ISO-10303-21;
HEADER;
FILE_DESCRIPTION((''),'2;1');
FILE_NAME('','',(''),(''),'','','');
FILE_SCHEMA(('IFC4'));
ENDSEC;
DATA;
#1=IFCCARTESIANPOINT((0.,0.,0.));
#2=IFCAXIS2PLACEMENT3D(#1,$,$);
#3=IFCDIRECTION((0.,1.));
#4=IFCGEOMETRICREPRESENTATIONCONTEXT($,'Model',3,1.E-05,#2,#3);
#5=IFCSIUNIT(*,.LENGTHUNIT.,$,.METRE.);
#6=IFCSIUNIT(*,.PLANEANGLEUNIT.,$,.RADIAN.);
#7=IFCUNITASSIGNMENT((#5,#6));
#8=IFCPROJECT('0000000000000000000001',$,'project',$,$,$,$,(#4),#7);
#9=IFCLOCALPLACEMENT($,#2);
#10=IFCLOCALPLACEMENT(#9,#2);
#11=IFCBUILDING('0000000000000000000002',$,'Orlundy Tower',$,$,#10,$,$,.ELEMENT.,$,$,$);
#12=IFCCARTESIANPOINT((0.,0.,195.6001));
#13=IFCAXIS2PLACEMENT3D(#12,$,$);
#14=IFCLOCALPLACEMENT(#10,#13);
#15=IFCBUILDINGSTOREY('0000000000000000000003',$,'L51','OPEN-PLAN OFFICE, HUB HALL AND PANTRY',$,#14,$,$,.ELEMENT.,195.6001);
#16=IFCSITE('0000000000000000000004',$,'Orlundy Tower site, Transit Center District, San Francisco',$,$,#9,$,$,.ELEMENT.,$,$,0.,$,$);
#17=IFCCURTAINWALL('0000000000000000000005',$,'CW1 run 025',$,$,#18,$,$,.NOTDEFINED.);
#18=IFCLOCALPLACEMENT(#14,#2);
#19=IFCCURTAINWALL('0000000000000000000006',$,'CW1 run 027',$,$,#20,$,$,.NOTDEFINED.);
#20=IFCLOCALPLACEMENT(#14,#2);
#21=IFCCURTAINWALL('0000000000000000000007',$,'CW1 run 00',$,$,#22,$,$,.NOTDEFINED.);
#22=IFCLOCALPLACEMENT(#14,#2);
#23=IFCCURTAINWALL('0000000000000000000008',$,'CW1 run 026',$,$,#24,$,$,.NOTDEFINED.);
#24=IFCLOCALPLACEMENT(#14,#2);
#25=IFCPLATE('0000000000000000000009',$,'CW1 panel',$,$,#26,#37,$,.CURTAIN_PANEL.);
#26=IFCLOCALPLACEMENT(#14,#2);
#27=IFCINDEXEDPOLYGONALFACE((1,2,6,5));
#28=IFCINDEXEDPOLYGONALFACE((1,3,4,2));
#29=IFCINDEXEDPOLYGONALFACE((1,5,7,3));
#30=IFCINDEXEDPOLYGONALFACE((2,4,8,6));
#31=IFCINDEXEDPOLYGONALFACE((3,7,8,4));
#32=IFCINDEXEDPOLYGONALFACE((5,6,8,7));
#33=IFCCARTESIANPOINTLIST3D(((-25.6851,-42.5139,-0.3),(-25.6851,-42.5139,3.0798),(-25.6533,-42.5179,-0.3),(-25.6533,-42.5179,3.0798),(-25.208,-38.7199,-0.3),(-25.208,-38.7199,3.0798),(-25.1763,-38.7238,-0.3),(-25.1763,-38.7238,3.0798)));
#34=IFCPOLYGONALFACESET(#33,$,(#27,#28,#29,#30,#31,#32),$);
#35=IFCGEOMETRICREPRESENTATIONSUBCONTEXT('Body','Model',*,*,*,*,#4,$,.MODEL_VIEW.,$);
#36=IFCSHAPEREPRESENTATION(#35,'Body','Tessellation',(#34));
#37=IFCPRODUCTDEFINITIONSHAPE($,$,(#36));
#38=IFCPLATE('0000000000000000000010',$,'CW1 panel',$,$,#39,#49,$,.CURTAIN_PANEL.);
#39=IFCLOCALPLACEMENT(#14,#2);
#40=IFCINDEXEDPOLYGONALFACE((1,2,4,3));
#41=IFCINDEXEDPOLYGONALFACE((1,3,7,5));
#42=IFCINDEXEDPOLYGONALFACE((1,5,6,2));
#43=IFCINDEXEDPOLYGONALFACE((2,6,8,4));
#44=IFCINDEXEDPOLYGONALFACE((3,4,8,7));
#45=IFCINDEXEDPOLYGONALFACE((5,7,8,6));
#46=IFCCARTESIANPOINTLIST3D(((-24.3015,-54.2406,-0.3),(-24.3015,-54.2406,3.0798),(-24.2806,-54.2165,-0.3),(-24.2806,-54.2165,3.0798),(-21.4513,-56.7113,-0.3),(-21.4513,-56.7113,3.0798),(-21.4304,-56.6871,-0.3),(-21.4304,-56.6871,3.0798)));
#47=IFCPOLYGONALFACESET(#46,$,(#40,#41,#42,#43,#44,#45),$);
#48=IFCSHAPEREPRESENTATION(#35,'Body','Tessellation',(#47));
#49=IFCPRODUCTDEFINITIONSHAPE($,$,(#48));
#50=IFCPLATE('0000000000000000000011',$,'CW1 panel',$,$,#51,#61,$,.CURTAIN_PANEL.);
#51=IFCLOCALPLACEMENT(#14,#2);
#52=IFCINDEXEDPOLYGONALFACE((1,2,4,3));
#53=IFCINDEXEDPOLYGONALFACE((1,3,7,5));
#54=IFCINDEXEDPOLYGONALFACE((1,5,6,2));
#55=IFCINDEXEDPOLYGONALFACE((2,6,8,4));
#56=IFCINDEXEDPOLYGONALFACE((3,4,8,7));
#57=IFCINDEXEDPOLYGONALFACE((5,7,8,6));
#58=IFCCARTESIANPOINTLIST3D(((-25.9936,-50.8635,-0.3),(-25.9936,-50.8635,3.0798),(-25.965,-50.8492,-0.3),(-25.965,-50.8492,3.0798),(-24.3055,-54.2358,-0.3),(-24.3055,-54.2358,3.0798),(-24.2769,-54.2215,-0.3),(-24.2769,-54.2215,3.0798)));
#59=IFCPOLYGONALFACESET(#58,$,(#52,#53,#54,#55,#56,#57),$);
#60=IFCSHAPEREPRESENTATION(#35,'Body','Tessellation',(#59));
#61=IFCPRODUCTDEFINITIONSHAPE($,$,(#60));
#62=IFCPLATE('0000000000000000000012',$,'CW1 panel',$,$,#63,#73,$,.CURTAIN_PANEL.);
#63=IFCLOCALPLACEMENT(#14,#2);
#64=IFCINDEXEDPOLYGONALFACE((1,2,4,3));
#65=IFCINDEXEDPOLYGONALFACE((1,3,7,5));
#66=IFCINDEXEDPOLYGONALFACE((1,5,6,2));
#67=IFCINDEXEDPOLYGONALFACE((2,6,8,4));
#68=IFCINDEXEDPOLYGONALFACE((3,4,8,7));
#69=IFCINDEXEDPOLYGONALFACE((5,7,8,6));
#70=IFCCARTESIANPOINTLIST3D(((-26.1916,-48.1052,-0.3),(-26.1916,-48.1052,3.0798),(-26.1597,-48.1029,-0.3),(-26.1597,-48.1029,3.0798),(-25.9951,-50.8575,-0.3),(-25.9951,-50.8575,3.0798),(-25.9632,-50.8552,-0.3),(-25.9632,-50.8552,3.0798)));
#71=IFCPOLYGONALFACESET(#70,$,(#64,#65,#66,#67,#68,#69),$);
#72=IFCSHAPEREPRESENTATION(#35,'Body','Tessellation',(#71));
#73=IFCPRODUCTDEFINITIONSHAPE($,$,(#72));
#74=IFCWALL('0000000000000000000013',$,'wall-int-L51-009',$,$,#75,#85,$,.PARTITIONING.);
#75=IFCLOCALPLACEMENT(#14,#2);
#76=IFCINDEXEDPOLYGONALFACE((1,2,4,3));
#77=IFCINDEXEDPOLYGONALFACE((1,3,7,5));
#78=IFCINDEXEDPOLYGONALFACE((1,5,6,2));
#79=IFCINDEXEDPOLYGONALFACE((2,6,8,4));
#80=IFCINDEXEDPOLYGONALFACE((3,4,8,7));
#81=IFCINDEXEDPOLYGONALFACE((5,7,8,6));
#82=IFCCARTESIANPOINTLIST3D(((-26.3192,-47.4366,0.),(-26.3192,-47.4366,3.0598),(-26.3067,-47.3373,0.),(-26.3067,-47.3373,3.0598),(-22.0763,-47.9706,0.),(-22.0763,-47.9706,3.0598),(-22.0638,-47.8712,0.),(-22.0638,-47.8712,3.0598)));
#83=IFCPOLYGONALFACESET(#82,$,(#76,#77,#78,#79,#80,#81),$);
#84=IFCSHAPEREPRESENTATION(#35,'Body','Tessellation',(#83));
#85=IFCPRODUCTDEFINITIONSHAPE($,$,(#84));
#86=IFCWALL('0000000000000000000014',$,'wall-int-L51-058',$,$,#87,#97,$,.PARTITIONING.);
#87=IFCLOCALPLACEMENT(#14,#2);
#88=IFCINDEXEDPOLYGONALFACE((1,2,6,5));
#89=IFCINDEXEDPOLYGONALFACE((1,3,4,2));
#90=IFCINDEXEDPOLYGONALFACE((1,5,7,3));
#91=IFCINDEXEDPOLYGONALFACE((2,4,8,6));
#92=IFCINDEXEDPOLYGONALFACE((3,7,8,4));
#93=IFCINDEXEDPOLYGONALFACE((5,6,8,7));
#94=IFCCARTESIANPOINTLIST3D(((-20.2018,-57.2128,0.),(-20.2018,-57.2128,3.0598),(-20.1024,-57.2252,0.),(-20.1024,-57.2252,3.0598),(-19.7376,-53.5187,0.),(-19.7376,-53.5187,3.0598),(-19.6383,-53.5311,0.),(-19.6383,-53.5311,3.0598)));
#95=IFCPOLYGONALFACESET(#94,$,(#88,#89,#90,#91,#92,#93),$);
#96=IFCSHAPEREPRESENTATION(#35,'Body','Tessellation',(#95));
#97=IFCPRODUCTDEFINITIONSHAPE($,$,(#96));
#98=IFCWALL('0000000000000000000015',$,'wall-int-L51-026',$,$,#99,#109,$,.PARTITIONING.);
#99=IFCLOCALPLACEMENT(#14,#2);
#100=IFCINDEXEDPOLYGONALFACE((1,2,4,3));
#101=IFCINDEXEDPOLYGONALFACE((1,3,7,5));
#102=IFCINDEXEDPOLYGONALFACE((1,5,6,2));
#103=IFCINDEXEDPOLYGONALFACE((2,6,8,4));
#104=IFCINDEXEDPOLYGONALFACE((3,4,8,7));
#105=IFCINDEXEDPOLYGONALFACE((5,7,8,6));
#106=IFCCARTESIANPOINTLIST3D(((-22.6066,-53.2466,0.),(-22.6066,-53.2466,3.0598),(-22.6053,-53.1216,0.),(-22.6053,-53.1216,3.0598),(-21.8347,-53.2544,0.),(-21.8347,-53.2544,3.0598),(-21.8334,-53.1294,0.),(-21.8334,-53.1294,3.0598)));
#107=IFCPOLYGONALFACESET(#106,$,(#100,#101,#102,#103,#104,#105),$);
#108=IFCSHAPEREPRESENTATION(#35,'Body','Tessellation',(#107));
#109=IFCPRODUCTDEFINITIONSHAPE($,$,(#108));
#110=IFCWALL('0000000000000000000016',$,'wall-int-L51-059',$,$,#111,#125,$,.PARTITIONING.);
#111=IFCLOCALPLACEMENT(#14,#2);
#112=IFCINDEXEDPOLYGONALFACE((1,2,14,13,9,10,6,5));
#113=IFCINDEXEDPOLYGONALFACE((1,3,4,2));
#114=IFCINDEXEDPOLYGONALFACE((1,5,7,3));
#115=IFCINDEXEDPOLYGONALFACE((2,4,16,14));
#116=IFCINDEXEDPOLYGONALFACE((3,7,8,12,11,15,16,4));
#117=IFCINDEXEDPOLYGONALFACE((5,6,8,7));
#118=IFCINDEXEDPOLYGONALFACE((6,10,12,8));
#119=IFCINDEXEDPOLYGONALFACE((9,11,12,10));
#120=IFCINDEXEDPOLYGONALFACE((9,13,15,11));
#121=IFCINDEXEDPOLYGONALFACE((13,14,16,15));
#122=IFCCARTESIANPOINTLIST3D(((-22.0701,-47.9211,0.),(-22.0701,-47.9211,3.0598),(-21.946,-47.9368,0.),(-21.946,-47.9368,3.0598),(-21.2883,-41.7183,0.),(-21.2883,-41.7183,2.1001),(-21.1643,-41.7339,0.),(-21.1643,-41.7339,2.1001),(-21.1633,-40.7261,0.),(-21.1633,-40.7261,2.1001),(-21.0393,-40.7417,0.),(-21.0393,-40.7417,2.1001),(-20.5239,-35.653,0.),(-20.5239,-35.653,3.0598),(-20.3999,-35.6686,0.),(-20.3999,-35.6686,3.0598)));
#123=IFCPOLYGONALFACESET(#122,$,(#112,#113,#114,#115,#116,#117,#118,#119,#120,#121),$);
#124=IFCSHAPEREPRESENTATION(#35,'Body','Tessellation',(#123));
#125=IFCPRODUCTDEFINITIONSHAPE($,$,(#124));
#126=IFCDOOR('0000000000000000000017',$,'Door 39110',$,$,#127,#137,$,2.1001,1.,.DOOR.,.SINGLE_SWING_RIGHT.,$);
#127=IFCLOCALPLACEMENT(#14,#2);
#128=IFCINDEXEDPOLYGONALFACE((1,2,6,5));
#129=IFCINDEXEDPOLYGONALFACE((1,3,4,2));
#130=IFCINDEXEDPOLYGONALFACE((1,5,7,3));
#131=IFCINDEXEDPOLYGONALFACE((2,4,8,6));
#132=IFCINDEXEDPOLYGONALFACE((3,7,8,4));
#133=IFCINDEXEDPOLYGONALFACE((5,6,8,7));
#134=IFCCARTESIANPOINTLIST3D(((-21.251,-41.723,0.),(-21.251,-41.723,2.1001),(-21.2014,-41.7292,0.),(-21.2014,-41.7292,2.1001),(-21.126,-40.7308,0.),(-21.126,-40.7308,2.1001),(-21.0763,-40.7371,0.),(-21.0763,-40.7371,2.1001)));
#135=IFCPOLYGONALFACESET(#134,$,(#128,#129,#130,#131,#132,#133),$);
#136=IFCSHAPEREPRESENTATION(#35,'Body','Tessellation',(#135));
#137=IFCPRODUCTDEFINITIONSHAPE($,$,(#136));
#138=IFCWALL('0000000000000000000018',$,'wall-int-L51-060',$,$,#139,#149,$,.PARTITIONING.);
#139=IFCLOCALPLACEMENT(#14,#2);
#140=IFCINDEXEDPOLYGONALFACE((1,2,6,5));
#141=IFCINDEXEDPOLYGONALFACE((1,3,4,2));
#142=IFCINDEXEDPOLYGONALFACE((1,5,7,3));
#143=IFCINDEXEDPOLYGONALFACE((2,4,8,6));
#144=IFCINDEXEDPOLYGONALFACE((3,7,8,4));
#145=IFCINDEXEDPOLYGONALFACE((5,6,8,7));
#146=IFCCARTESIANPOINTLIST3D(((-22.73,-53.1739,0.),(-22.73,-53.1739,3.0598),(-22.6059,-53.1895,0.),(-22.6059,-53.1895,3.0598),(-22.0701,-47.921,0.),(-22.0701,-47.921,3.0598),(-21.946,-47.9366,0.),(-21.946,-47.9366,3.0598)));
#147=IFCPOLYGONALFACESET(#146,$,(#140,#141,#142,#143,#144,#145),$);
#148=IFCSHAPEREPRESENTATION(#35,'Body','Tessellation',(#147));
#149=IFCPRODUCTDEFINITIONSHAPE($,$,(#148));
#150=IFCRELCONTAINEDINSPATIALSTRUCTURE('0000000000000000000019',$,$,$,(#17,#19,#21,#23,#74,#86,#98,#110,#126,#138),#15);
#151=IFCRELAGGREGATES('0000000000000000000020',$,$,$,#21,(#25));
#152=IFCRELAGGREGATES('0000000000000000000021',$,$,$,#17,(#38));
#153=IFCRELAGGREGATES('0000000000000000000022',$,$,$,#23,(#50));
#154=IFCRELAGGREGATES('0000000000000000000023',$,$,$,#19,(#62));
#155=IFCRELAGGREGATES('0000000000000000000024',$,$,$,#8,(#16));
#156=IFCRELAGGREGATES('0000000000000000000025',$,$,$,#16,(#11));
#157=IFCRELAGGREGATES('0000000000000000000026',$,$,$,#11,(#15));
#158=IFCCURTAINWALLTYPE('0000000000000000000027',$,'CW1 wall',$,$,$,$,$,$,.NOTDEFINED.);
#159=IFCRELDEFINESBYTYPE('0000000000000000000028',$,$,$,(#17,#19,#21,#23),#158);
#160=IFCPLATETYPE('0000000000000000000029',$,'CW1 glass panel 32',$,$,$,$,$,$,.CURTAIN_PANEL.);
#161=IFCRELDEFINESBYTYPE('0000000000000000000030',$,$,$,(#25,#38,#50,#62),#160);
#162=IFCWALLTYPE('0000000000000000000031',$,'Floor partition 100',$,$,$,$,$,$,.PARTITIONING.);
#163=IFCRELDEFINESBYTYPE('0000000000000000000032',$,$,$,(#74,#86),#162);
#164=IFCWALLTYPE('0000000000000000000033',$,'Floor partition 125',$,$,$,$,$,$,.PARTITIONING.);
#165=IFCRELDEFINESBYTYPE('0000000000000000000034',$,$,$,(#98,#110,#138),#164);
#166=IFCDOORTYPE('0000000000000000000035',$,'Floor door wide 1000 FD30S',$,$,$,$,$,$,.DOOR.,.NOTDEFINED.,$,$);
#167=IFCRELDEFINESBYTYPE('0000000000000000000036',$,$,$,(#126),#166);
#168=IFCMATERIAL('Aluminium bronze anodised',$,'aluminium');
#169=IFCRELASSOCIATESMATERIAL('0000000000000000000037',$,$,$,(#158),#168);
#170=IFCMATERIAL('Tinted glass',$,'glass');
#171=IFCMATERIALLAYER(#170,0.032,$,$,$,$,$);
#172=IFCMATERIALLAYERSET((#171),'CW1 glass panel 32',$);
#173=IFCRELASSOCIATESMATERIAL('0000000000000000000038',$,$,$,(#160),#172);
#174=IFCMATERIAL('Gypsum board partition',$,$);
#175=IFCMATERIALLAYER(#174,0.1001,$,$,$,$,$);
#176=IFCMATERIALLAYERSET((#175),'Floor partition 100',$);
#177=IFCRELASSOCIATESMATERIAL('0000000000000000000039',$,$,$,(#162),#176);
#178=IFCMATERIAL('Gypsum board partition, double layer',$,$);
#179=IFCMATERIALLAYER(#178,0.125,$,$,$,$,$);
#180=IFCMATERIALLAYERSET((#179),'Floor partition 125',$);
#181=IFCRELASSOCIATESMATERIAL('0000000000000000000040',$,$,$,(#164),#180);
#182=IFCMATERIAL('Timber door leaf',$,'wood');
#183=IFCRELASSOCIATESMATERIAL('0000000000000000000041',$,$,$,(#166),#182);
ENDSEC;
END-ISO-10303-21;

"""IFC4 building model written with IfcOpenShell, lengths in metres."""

from ifc_helpers import new_model, si_unit, direction, frame, frame_2d, origin, origin_2d, place, context, subcontext, project, spatial, rectangle, extrude, material, layer, layer_set, type_object, element, fill, aggregate, save


model = new_model("IFC4")

# Units and contexts
model_context = context("Model", 3, precision=1e-05, world=origin(), true_north=direction((0.0, 1.0)))
body_context = subcontext(model_context, "Body", "Model", "MODEL_VIEW")
ifc_project = project(units=[si_unit("LENGTHUNIT", "METRE"), si_unit("PLANEANGLEUNIT", "RADIAN")], contexts=[model_context])

# Site, building, storey
site_placement = place(None, origin())
site = spatial("IfcSite", under=ifc_project, at=site_placement, Name="Orlundy Tower site, Transit Center District, San Francisco", CompositionType="ELEMENT", RefElevation=0.0)
building_placement = place(site_placement, origin())
building = spatial("IfcBuilding", under=site, at=building_placement, Name="Orlundy Tower", CompositionType="ELEMENT")
storey_placement = place(building_placement, frame((0.0, 0.0, 195.6001)))
storey = spatial("IfcBuildingStorey", under=building, at=storey_placement, Name="L51", Description="OPEN-PLAN OFFICE, HUB HALL AND PANTRY", CompositionType="ELEMENT", Elevation=195.6001)

# Curtain walls
ifc_material_1 = material(Name="Aluminium bronze anodised", Category="aluminium")
curtain_wall_type = type_object("IfcCurtainWallType", Name="CW1 wall", PredefinedType="NOTDEFINED", material=ifc_material_1)
curtain_wall_1_placement = place(storey_placement, origin())
curtain_wall_1 = element("IfcCurtainWall", 1, at=curtain_wall_1_placement, inside=storey, type_object=curtain_wall_type, Name="CW1 run 025", PredefinedType="NOTDEFINED")
curtain_wall_2_placement = place(storey_placement, origin())
curtain_wall_2 = element("IfcCurtainWall", 2, at=curtain_wall_2_placement, inside=storey, type_object=curtain_wall_type, Name="CW1 run 027", PredefinedType="NOTDEFINED")

# Curtain wall
curtain_wall_3_placement = place(storey_placement, origin())
curtain_wall_3 = element("IfcCurtainWall", 3, at=curtain_wall_3_placement, inside=storey, type_object=curtain_wall_type, Name="CW1 run 00", PredefinedType="NOTDEFINED")

# Curtain wall
curtain_wall_4_placement = place(storey_placement, origin())
curtain_wall_4 = element("IfcCurtainWall", 4, at=curtain_wall_4_placement, inside=storey, type_object=curtain_wall_type, Name="CW1 run 026", PredefinedType="NOTDEFINED")

# Plates
ifc_material_2 = material(Name="Tinted glass", Category="glass")
ifc_layer_1 = layer(ifc_material_2, 0.032)
ifc_layer_set_1 = layer_set([ifc_layer_1], Name="CW1 glass panel 32")
plate_type = type_object("IfcPlateType", Name="CW1 glass panel 32", PredefinedType="CURTAIN_PANEL", material=ifc_layer_set_1)
plate_1_placement = place(storey_placement, frame((-25.4307, -40.6189, -0.3), z_axis=(0.0, 0.0, 1.0), x_axis=(0.124763, 0.992187, 0.0)))
plate_1 = element("IfcPlate", 5, at=plate_1_placement, type_object=plate_type, Name="CW1 panel", PredefinedType="CURTAIN_PANEL", context=body_context, shape_type="SweptSolid", body=[
    extrude(rectangle(XDim=3.824, YDim=0.032, at=origin_2d()), origin(), (0.0, 0.0, 1.0), 3.3799),
])
aggregate(curtain_wall_3, [plate_1])
plate_2_placement = place(storey_placement, frame((-22.866, -55.4639, -0.3), z_axis=(0.0, 0.0, 1.0), x_axis=(-0.755627, 0.655002, 0.0)))
plate_2 = element("IfcPlate", 6, at=plate_2_placement, type_object=plate_type, Name="CW1 panel", PredefinedType="CURTAIN_PANEL", context=body_context, shape_type="SweptSolid", body=[
    extrude(rectangle(XDim=3.772, YDim=0.032, at=origin_2d()), origin(), (0.0, 0.0, 1.0), 3.3799),
])
aggregate(curtain_wall_1, [plate_2])
plate_3_placement = place(storey_placement, frame((-25.1353, -52.5425, -0.3), z_axis=(0.0, 0.0, 1.0), x_axis=(-0.447645, 0.894211, 0.0)))
plate_3 = element("IfcPlate", 7, at=plate_3_placement, type_object=plate_type, Name="CW1 panel", PredefinedType="CURTAIN_PANEL", context=body_context, shape_type="SweptSolid", body=[
    extrude(rectangle(XDim=3.7712, YDim=0.032, at=origin_2d()), origin(), (0.0, 0.0, 1.0), 3.3799),
])
aggregate(curtain_wall_4, [plate_3])
plate_4_placement = place(storey_placement, frame((-26.0774, -49.4802, -0.3), z_axis=(0.0, 0.0, 1.0), x_axis=(-0.071209, 0.997461, 0.0)))
plate_4 = element("IfcPlate", 8, at=plate_4_placement, type_object=plate_type, Name="CW1 panel", PredefinedType="CURTAIN_PANEL", context=body_context, shape_type="SweptSolid", body=[
    extrude(rectangle(XDim=2.7593, YDim=0.032, at=origin_2d()), origin(), (0.0, 0.0, 1.0), 3.3799),
])
aggregate(curtain_wall_2, [plate_4])

# Walls
ifc_material_3 = material(Name="Gypsum board partition")
ifc_layer_2 = layer(ifc_material_3, 0.1001)
ifc_layer_set_2 = layer_set([ifc_layer_2], Name="Floor partition 100")
wall_type_1 = type_object("IfcWallType", Name="Floor partition 100", PredefinedType="PARTITIONING", material=ifc_layer_set_2)
wall_1_placement = place(storey_placement, frame((-26.313, -47.387, 0.0), z_axis=(0.0, 0.0, 1.0), x_axis=(0.992175, -0.124857, 0.0)))
element("IfcWall", 9, at=wall_1_placement, inside=storey, type_object=wall_type_1, Name="wall-int-L51-009", PredefinedType="PARTITIONING", context=body_context, shape_type="SweptSolid", body=[
    extrude(rectangle(XDim=4.2764, YDim=0.1001, at=frame_2d((2.1382, 0.0))), origin(), (0.0, 0.0, 1.0), 3.0598),
])
wall_2_placement = place(storey_placement, frame((-20.1521, -57.219, 0.0), z_axis=(0.0, 0.0, 1.0), x_axis=(0.124656, 0.9922, 0.0)))
element("IfcWall", 10, at=wall_2_placement, inside=storey, type_object=wall_type_1, Name="wall-int-L51-058", PredefinedType="PARTITIONING", context=body_context, shape_type="SweptSolid", body=[
    extrude(rectangle(XDim=3.7231, YDim=0.1001, at=frame_2d((1.8616, 0.0))), origin(), (0.0, 0.0, 1.0), 3.0598),
])
ifc_material_4 = material(Name="Gypsum board partition, double layer")
ifc_layer_3 = layer(ifc_material_4, 0.125)
ifc_layer_set_3 = layer_set([ifc_layer_3], Name="Floor partition 125")
wall_type_2 = type_object("IfcWallType", Name="Floor partition 125", PredefinedType="PARTITIONING", material=ifc_layer_set_3)
wall_3_placement = place(storey_placement, frame((-22.606, -53.1841, 0.0), z_axis=(0.0, 0.0, 1.0), x_axis=(0.999949, -0.01012, 0.0)))
element("IfcWall", 11, at=wall_3_placement, inside=storey, type_object=wall_type_2, Name="wall-int-L51-026", PredefinedType="PARTITIONING", context=body_context, shape_type="SweptSolid", body=[
    extrude(rectangle(XDim=0.772, YDim=0.125, at=frame_2d((0.386, 0.0))), origin(), (0.0, 0.0, 1.0), 3.0598),
])

# Wall, opening, door
wall_4_placement = place(storey_placement, frame((-22.0081, -47.929, 0.0), z_axis=(0.0, 0.0, 1.0), x_axis=(0.125041, 0.992152, 0.0)))
wall_4 = element("IfcWall", 12, at=wall_4_placement, inside=storey, type_object=wall_type_2, Name="wall-int-L51-059", PredefinedType="PARTITIONING", context=body_context, shape_type="SweptSolid", body=[
    extrude(rectangle(XDim=12.3652, YDim=0.125, at=frame_2d((6.1826, 0.0))), origin(), (0.0, 0.0, 1.0), 3.0598),
])
opening_placement = place(wall_4_placement, frame((6.252, 0.0, 0.0)))
opening = element("IfcOpeningElement", 13, at=opening_placement, cuts=wall_4, PredefinedType="OPENING", context=body_context, shape_type="SweptSolid", body=[
    extrude(rectangle(XDim=1.0, YDim=2.1001, at=frame_2d((0.5, 1.05))), frame((0.0, 0.0725, 0.0), z_axis=(0.0, -1.0, 0.0), x_axis=(1.0, 0.0, 0.0)), (0.0, 0.0, 1.0), 0.145),
])
ifc_material_5 = material(Name="Timber door leaf", Category="wood")
door_type = type_object("IfcDoorType", Name="Floor door wide 1000 FD30S", OperationType="NOTDEFINED", PredefinedType="DOOR", material=ifc_material_5)
door_placement = place(opening_placement, origin())
door = element("IfcDoor", 14, at=door_placement, inside=storey, type_object=door_type, Name="Door 39110", OperationType="SINGLE_SWING_RIGHT", OverallHeight=2.1001, OverallWidth=1.0, PredefinedType="DOOR", context=body_context, shape_type="SweptSolid", body=[
    extrude(rectangle(XDim=1.0, YDim=2.1001, at=frame_2d((0.5, 1.05))), frame((0.0, 0.0249, 0.0), z_axis=(0.0, -1.0, 0.0), x_axis=(1.0, 0.0, 0.0)), (0.0, 0.0, 1.0), 0.05),
])
fill(opening, door)

# Wall
wall_5_placement = place(storey_placement, frame((-22.0081, -47.929, 0.0), z_axis=(0.0, 0.0, 1.0), x_axis=(-0.124648, -0.992201, 0.0)))
element("IfcWall", 15, at=wall_5_placement, inside=storey, type_object=wall_type_2, Name="wall-int-L51-060", PredefinedType="PARTITIONING", context=body_context, shape_type="SweptSolid", body=[
    extrude(rectangle(XDim=5.2942, YDim=0.125, at=frame_2d((2.647, 0.0))), origin(), (0.0, 0.0, 1.0), 3.0598),
])

save(model, "model.ifc")
